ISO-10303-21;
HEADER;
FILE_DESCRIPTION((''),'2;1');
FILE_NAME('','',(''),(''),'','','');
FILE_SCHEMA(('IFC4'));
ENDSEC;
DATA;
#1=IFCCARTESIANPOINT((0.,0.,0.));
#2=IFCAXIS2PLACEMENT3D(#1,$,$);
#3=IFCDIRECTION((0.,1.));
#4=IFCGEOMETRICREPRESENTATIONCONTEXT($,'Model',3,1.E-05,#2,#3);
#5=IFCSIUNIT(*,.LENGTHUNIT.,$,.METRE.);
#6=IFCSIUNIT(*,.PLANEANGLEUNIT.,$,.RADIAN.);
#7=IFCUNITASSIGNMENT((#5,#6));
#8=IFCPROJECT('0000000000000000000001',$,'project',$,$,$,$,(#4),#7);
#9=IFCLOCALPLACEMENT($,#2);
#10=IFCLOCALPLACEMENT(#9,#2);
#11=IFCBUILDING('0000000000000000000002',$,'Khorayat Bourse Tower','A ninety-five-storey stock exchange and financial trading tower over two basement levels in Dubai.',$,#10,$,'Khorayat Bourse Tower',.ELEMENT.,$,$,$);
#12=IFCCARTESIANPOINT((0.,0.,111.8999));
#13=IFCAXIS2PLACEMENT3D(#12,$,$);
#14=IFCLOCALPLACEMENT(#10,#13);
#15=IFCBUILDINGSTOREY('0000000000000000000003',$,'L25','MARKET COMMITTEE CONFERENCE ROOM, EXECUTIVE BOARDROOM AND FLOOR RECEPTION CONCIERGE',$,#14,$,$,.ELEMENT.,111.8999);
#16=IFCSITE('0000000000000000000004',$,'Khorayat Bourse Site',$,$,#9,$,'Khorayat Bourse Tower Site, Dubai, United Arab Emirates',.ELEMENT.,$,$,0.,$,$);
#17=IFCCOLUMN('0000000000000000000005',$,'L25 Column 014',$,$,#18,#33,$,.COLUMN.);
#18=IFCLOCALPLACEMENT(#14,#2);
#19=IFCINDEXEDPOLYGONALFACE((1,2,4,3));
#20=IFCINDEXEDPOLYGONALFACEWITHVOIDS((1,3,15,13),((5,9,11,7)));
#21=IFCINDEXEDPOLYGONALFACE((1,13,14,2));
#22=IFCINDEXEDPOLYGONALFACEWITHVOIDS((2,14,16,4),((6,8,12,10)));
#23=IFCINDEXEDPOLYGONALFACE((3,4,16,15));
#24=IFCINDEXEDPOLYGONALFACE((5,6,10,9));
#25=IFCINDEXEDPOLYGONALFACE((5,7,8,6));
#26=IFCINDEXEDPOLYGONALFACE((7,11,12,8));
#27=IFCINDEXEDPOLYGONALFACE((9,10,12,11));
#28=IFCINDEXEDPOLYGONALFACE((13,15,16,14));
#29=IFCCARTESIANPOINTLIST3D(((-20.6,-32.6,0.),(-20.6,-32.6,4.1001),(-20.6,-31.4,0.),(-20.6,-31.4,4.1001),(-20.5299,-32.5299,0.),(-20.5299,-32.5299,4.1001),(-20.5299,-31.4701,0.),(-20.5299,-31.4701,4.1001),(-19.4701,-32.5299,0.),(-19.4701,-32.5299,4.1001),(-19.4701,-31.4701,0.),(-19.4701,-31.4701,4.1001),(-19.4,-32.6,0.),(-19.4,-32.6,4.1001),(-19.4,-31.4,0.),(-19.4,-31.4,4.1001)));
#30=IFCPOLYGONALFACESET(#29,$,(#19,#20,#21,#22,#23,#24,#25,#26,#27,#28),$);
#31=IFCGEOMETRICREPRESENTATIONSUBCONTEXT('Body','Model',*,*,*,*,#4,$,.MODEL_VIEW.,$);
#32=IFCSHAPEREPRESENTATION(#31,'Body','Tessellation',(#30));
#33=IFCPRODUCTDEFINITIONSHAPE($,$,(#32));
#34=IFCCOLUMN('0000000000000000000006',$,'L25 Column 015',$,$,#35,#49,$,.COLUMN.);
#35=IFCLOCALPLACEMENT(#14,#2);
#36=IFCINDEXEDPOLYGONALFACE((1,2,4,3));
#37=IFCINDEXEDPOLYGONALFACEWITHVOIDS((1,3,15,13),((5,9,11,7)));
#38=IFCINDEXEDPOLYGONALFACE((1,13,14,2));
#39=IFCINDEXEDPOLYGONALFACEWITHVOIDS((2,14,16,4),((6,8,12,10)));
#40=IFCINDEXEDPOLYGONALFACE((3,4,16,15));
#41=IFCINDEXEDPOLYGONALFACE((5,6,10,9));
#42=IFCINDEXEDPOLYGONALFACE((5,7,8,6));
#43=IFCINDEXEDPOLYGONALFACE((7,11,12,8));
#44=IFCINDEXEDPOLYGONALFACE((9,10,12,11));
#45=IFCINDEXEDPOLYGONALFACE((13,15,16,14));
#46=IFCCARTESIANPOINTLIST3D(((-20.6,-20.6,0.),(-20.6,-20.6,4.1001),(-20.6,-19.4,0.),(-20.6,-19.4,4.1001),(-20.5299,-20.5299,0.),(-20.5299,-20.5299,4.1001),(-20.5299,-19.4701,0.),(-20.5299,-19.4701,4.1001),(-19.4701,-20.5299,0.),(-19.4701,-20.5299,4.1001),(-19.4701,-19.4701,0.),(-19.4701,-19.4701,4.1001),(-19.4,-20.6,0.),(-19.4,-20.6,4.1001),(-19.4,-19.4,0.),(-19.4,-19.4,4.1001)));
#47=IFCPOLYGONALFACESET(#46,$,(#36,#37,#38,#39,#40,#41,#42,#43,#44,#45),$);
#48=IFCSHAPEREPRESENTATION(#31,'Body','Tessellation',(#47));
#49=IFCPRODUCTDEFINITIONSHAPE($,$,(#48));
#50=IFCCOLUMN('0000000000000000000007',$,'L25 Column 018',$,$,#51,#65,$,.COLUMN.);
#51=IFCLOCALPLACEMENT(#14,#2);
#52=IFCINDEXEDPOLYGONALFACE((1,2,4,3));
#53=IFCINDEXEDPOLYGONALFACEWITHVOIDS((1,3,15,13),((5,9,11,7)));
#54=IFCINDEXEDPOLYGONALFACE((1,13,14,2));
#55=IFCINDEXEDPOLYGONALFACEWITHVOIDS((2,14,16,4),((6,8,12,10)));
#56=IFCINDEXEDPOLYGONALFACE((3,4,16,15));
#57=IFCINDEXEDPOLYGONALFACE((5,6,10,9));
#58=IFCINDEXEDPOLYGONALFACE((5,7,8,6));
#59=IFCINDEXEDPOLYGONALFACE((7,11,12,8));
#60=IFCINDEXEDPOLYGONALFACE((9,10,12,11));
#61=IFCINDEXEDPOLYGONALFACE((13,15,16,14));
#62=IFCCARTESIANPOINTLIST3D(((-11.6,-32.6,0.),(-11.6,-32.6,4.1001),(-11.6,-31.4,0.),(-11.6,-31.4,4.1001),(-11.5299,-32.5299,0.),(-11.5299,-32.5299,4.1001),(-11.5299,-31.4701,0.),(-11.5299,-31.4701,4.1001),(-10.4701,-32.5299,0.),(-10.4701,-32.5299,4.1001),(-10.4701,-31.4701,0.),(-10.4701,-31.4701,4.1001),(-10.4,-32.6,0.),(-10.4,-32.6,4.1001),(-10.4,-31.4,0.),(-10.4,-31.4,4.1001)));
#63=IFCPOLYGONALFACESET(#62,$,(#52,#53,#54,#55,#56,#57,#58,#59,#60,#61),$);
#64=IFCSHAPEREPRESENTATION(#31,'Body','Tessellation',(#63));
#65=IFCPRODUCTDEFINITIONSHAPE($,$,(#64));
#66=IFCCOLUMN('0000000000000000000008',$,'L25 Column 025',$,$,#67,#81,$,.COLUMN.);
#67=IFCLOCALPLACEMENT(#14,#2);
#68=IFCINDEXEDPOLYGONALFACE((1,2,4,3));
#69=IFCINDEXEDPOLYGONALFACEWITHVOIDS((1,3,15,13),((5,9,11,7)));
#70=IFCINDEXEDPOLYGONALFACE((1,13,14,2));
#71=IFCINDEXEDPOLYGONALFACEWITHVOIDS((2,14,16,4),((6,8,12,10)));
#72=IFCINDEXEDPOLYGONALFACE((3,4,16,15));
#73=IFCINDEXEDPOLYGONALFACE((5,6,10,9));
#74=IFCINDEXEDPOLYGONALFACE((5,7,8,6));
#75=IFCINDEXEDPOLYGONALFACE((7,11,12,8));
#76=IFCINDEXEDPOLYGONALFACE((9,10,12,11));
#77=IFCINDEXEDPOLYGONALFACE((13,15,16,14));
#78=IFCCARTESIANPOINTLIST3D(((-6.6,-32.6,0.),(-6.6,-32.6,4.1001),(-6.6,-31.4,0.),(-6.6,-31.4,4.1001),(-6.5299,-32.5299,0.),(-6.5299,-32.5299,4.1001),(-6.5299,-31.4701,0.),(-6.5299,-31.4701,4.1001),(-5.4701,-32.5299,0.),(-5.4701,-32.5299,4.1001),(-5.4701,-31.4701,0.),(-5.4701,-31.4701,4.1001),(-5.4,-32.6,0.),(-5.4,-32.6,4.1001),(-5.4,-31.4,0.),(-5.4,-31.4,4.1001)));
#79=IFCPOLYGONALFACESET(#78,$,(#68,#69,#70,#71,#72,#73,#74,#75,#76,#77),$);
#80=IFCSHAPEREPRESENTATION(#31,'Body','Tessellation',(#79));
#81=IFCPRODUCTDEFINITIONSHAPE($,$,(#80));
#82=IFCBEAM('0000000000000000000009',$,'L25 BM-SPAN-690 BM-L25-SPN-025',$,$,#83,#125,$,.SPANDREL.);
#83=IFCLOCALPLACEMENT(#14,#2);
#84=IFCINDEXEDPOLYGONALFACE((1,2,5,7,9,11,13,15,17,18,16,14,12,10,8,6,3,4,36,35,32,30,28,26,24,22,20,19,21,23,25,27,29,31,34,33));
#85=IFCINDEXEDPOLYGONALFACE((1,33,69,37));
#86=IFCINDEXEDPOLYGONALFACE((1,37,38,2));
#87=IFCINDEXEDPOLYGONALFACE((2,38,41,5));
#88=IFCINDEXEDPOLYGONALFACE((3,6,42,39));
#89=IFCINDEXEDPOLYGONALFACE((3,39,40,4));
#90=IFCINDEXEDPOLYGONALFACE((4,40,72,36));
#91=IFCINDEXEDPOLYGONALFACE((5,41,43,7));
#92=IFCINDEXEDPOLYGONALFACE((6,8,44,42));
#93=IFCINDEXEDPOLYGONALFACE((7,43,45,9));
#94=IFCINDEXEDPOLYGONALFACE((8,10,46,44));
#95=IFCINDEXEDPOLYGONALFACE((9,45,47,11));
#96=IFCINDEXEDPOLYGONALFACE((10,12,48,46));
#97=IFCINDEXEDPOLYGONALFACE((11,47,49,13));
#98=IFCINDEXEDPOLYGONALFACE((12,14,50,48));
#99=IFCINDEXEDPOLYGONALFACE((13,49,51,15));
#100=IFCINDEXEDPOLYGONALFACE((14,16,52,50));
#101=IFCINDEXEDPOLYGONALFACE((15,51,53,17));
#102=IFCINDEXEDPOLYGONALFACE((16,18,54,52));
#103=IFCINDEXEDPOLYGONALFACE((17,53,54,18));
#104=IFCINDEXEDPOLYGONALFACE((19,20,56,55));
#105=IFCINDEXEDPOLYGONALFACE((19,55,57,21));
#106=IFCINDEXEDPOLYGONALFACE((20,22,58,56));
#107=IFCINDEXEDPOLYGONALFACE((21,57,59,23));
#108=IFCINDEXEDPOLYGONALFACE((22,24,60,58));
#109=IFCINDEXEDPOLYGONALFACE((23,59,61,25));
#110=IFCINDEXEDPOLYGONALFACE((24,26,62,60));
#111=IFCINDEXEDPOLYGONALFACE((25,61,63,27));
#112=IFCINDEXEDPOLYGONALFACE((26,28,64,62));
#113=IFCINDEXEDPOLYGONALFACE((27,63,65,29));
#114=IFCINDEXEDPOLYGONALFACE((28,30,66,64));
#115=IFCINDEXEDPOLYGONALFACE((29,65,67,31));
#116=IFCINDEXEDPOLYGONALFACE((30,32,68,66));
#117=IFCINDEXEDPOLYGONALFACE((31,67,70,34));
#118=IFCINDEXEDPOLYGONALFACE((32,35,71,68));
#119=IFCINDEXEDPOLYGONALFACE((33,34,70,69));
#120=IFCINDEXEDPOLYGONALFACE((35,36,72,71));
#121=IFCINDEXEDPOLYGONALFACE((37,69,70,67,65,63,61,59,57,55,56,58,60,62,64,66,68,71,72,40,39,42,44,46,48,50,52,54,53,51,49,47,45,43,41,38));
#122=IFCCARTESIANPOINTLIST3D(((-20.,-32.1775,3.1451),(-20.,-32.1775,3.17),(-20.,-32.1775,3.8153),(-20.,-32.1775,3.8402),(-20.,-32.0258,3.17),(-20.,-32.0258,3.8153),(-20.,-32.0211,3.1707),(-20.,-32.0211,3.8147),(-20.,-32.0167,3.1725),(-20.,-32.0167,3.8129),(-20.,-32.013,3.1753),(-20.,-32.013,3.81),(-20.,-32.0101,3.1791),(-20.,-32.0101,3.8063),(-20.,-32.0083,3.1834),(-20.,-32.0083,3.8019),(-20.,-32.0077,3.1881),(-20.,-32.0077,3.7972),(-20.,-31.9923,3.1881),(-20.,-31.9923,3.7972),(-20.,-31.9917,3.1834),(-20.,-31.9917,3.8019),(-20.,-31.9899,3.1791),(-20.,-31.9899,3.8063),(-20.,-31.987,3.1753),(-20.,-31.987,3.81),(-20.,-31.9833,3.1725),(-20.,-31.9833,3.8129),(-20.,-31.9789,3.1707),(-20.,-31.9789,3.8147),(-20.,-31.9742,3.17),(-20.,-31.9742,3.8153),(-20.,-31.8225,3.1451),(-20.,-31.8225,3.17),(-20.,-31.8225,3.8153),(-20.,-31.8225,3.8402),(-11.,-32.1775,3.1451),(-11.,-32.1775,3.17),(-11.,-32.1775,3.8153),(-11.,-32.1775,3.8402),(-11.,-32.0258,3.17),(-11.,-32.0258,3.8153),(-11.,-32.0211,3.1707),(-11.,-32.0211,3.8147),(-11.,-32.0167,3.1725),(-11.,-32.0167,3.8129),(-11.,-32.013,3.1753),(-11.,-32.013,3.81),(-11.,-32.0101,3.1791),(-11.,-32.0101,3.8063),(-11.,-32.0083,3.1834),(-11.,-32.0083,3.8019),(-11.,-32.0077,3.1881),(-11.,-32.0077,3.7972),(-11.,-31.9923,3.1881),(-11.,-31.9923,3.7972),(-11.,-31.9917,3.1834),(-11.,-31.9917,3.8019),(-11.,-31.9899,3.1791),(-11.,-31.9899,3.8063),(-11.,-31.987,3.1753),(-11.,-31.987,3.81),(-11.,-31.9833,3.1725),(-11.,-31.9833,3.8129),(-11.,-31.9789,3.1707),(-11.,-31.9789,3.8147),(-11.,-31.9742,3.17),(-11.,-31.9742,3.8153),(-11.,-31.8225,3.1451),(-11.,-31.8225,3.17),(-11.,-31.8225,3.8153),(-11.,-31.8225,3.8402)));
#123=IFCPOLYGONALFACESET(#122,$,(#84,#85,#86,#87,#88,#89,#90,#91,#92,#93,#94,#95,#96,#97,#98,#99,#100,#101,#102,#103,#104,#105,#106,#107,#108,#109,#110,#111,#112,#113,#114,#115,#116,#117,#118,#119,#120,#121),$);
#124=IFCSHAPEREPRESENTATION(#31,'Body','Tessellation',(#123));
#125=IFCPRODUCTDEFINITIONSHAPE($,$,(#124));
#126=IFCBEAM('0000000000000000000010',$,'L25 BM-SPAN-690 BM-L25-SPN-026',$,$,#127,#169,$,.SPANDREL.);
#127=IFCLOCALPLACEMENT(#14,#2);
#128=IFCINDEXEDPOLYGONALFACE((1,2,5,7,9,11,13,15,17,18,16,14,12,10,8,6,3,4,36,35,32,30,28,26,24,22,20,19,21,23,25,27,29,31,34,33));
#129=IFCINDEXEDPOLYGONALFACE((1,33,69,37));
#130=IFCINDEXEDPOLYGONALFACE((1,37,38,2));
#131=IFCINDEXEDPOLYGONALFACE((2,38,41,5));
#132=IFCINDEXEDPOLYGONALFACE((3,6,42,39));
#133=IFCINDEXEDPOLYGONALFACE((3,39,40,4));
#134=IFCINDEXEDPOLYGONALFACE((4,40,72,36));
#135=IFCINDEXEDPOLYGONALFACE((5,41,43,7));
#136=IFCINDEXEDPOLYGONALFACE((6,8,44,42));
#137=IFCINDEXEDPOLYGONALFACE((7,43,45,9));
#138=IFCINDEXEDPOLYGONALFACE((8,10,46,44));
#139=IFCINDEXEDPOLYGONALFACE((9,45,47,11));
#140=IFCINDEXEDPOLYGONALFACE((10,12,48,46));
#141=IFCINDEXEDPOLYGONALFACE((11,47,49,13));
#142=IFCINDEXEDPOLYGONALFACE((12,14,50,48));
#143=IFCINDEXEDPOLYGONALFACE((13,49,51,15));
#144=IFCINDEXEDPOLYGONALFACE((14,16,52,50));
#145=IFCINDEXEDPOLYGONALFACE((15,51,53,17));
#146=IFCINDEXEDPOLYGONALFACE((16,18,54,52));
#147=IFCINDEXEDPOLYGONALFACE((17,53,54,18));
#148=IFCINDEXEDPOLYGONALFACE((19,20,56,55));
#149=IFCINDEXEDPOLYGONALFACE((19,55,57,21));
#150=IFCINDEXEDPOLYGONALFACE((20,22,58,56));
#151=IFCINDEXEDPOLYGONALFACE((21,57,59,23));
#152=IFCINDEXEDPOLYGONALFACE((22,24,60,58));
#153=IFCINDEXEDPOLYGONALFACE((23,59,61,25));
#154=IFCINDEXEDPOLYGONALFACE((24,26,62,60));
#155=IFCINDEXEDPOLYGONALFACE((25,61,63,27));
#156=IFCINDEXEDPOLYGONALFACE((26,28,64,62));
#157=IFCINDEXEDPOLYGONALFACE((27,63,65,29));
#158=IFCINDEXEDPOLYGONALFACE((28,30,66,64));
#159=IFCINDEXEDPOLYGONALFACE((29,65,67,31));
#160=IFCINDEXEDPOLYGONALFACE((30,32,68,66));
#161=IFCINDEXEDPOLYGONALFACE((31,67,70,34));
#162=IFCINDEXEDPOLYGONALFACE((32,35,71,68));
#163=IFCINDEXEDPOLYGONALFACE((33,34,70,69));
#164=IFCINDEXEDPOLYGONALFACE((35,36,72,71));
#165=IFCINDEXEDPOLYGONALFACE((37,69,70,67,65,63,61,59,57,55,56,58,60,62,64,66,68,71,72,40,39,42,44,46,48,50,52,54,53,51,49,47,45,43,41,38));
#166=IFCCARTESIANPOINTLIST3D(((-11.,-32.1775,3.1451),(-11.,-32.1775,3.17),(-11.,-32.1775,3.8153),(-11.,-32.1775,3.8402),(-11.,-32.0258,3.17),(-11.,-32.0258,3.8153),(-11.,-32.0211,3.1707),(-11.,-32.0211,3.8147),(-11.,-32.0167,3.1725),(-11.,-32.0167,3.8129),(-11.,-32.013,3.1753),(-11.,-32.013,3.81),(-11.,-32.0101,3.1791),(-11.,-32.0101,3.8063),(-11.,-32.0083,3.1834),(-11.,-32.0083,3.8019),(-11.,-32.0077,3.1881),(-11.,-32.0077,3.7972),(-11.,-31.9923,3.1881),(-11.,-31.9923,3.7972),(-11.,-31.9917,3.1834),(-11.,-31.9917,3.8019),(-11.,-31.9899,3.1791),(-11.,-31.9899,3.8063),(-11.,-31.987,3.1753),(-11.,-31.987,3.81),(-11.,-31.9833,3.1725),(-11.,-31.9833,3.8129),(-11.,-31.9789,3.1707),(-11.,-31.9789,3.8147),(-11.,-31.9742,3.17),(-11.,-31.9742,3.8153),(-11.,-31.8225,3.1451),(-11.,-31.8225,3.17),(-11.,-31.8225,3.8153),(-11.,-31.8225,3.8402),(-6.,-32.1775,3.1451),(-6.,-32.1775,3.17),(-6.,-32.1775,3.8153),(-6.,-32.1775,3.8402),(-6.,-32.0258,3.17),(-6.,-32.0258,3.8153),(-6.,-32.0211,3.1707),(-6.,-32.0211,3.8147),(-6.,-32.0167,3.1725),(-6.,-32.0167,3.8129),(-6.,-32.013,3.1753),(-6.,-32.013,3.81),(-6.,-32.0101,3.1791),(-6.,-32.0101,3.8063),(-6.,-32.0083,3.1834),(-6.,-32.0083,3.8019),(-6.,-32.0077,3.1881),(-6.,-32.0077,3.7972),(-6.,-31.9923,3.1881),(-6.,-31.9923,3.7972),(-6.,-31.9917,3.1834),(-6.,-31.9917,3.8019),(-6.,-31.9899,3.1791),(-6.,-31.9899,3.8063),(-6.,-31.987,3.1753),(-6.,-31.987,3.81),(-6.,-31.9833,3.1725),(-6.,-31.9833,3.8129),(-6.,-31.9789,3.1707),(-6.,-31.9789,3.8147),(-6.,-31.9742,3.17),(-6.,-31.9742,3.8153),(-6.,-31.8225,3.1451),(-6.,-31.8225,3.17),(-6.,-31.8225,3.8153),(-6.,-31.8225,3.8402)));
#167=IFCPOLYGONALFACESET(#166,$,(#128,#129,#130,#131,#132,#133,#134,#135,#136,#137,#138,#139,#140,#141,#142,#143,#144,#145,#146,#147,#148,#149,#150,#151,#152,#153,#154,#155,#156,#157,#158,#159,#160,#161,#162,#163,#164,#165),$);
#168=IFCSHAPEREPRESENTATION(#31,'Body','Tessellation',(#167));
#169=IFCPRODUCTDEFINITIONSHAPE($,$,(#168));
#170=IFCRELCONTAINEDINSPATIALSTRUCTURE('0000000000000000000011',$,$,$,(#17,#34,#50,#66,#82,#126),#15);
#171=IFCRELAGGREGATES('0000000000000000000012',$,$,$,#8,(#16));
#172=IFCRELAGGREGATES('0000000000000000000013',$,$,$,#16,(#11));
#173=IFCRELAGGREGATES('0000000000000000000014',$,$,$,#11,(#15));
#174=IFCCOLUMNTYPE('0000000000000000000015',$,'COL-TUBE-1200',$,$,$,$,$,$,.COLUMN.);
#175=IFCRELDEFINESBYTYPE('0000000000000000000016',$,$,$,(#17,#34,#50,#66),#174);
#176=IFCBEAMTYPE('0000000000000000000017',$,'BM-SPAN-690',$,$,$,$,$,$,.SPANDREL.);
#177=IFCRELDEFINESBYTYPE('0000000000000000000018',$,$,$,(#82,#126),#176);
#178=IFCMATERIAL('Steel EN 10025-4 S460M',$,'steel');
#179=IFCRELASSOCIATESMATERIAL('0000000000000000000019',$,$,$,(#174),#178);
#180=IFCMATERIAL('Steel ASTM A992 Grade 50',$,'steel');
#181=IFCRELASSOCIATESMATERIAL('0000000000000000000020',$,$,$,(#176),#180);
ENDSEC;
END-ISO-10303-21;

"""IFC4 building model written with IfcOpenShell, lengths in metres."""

from ifc_helpers import new_model, si_unit, direction, frame, origin, origin_2d, place, context, subcontext, project, spatial, hollow_rectangle, i_section, extrude, source, transform, mapped, material, material_profile, profile_set, type_object, element, save


model = new_model("IFC4")

# Units and contexts
model_context = context("Model", 3, precision=1e-05, world=origin(), true_north=direction((0.0, 1.0)))
body_context = subcontext(model_context, "Body", "Model", "MODEL_VIEW")
ifc_project = project(units=[si_unit("LENGTHUNIT", "METRE"), si_unit("PLANEANGLEUNIT", "RADIAN")], contexts=[model_context])

# Site, building, storey
site_placement = place(None, origin())
site = spatial("IfcSite", under=ifc_project, at=site_placement, Name="Khorayat Bourse Site", LongName="Khorayat Bourse Tower Site, Dubai, United Arab Emirates", CompositionType="ELEMENT", RefElevation=0.0)
building_placement = place(site_placement, origin())
building = spatial("IfcBuilding", under=site, at=building_placement, Name="Khorayat Bourse Tower", Description="A ninety-five-storey stock exchange and financial trading tower over two basement levels in Dubai.", LongName="Khorayat Bourse Tower", CompositionType="ELEMENT")
storey_placement = place(building_placement, frame((0.0, 0.0, 111.8999)))
storey = spatial("IfcBuildingStorey", under=building, at=storey_placement, Name="L25", Description="MARKET COMMITTEE CONFERENCE ROOM, EXECUTIVE BOARDROOM AND FLOOR RECEPTION CONCIERGE", CompositionType="ELEMENT", Elevation=111.8999)

# Columns
ifc_material_1 = material(Name="Steel EN 10025-4 S460M", Category="steel")
ifc_material_profile_1 = material_profile(ifc_material_1, hollow_rectangle(XDim=1.2, YDim=1.2, WallThickness=0.0701, at=origin_2d()), Name="BOX 1200x1200x70")
ifc_profile_set_1 = profile_set([ifc_material_profile_1], Name="Steel EN 10025-4 S460M")
column_type = type_object("IfcColumnType", Name="COL-TUBE-1200", PredefinedType="COLUMN", material=ifc_profile_set_1)
shared_shape_1 = source(origin(), body_context, "Body", "SweptSolid", [
    extrude(hollow_rectangle(XDim=1.2, YDim=1.2, WallThickness=0.0701, at=origin_2d()), origin(), (0.0, 0.0, 1.0), 4.1001),
])
for number, where, z_axis, x_axis, name in (
    (1, (-20.0, -32.0, 0.0), (0.0, 0.0, 1.0), (1.0, 0.0, 0.0), "L25 Column 014"),
    (2, (-20.0, -20.0, 0.0), (0.0, 0.0, 1.0), (1.0, 0.0, 0.0), "L25 Column 015"),
    (3, (-11.0, -32.0, 0.0), (0.0, 0.0, 1.0), (1.0, 0.0, 0.0), "L25 Column 018"),
    (4, (-6.0, -32.0, 0.0), (0.0, 0.0, 1.0), (1.0, 0.0, 0.0), "L25 Column 025"),
):
    element("IfcColumn", number, at=place(storey_placement, frame(where, z_axis=z_axis, x_axis=x_axis)), inside=storey, type_object=column_type, Name=name, PredefinedType="COLUMN", context=body_context, shape_type="MappedRepresentation", body=[
        mapped(shared_shape_1, transform((0.0, 0.0, 0.0), scale=1.0)),
    ])

# Beams
ifc_material_2 = material(Name="Steel ASTM A992 Grade 50", Category="steel")
ifc_material_profile_2 = material_profile(ifc_material_2, i_section(OverallWidth=0.355, OverallDepth=0.6951, WebThickness=0.0154, FlangeThickness=0.0249, FilletRadius=0.0181, at=origin_2d()), Name="W690X217")
ifc_profile_set_2 = profile_set([ifc_material_profile_2], Name="Steel ASTM A992 Grade 50")
beam_type_1 = type_object("IfcBeamType", Name="BM-SPAN-690", PredefinedType="SPANDREL", material=ifc_profile_set_2)
shared_shape_2 = source(origin(), body_context, "Body", "SweptSolid", [
    extrude(i_section(OverallWidth=0.355, OverallDepth=0.6951, WebThickness=0.0154, FlangeThickness=0.0249, FilletRadius=0.0181, at=origin_2d()), origin(), (0.0, 0.0, 1.0), 9.0),
])
beam_1_placement = place(storey_placement, frame((-20.0, -32.0, 3.4927), z_axis=(1.0, 0.0, 0.0), x_axis=(0.0, 1.0, 0.0)))
element("IfcBeam", 5, at=beam_1_placement, inside=storey, type_object=beam_type_1, Name="L25 BM-SPAN-690 BM-L25-SPN-025", PredefinedType="SPANDREL", context=body_context, shape_type="MappedRepresentation", body=[
    mapped(shared_shape_2, transform((0.0, 0.0, 0.0), scale=1.0)),
])
shared_shape_3 = source(origin(), body_context, "Body", "SweptSolid", [
    extrude(i_section(OverallWidth=0.355, OverallDepth=0.6951, WebThickness=0.0154, FlangeThickness=0.0249, FilletRadius=0.0181, at=origin_2d()), origin(), (0.0, 0.0, 1.0), 5.0),
])
beam_2_placement = place(storey_placement, frame((-11.0, -32.0, 3.4927), z_axis=(1.0, 0.0, 0.0), x_axis=(0.0, 1.0, 0.0)))
element("IfcBeam", 6, at=beam_2_placement, inside=storey, type_object=beam_type_1, Name="L25 BM-SPAN-690 BM-L25-SPN-026", PredefinedType="SPANDREL", context=body_context, shape_type="MappedRepresentation", body=[
    mapped(shared_shape_3, transform((0.0, 0.0, 0.0), scale=1.0)),
])

save(model, "model.ifc")
